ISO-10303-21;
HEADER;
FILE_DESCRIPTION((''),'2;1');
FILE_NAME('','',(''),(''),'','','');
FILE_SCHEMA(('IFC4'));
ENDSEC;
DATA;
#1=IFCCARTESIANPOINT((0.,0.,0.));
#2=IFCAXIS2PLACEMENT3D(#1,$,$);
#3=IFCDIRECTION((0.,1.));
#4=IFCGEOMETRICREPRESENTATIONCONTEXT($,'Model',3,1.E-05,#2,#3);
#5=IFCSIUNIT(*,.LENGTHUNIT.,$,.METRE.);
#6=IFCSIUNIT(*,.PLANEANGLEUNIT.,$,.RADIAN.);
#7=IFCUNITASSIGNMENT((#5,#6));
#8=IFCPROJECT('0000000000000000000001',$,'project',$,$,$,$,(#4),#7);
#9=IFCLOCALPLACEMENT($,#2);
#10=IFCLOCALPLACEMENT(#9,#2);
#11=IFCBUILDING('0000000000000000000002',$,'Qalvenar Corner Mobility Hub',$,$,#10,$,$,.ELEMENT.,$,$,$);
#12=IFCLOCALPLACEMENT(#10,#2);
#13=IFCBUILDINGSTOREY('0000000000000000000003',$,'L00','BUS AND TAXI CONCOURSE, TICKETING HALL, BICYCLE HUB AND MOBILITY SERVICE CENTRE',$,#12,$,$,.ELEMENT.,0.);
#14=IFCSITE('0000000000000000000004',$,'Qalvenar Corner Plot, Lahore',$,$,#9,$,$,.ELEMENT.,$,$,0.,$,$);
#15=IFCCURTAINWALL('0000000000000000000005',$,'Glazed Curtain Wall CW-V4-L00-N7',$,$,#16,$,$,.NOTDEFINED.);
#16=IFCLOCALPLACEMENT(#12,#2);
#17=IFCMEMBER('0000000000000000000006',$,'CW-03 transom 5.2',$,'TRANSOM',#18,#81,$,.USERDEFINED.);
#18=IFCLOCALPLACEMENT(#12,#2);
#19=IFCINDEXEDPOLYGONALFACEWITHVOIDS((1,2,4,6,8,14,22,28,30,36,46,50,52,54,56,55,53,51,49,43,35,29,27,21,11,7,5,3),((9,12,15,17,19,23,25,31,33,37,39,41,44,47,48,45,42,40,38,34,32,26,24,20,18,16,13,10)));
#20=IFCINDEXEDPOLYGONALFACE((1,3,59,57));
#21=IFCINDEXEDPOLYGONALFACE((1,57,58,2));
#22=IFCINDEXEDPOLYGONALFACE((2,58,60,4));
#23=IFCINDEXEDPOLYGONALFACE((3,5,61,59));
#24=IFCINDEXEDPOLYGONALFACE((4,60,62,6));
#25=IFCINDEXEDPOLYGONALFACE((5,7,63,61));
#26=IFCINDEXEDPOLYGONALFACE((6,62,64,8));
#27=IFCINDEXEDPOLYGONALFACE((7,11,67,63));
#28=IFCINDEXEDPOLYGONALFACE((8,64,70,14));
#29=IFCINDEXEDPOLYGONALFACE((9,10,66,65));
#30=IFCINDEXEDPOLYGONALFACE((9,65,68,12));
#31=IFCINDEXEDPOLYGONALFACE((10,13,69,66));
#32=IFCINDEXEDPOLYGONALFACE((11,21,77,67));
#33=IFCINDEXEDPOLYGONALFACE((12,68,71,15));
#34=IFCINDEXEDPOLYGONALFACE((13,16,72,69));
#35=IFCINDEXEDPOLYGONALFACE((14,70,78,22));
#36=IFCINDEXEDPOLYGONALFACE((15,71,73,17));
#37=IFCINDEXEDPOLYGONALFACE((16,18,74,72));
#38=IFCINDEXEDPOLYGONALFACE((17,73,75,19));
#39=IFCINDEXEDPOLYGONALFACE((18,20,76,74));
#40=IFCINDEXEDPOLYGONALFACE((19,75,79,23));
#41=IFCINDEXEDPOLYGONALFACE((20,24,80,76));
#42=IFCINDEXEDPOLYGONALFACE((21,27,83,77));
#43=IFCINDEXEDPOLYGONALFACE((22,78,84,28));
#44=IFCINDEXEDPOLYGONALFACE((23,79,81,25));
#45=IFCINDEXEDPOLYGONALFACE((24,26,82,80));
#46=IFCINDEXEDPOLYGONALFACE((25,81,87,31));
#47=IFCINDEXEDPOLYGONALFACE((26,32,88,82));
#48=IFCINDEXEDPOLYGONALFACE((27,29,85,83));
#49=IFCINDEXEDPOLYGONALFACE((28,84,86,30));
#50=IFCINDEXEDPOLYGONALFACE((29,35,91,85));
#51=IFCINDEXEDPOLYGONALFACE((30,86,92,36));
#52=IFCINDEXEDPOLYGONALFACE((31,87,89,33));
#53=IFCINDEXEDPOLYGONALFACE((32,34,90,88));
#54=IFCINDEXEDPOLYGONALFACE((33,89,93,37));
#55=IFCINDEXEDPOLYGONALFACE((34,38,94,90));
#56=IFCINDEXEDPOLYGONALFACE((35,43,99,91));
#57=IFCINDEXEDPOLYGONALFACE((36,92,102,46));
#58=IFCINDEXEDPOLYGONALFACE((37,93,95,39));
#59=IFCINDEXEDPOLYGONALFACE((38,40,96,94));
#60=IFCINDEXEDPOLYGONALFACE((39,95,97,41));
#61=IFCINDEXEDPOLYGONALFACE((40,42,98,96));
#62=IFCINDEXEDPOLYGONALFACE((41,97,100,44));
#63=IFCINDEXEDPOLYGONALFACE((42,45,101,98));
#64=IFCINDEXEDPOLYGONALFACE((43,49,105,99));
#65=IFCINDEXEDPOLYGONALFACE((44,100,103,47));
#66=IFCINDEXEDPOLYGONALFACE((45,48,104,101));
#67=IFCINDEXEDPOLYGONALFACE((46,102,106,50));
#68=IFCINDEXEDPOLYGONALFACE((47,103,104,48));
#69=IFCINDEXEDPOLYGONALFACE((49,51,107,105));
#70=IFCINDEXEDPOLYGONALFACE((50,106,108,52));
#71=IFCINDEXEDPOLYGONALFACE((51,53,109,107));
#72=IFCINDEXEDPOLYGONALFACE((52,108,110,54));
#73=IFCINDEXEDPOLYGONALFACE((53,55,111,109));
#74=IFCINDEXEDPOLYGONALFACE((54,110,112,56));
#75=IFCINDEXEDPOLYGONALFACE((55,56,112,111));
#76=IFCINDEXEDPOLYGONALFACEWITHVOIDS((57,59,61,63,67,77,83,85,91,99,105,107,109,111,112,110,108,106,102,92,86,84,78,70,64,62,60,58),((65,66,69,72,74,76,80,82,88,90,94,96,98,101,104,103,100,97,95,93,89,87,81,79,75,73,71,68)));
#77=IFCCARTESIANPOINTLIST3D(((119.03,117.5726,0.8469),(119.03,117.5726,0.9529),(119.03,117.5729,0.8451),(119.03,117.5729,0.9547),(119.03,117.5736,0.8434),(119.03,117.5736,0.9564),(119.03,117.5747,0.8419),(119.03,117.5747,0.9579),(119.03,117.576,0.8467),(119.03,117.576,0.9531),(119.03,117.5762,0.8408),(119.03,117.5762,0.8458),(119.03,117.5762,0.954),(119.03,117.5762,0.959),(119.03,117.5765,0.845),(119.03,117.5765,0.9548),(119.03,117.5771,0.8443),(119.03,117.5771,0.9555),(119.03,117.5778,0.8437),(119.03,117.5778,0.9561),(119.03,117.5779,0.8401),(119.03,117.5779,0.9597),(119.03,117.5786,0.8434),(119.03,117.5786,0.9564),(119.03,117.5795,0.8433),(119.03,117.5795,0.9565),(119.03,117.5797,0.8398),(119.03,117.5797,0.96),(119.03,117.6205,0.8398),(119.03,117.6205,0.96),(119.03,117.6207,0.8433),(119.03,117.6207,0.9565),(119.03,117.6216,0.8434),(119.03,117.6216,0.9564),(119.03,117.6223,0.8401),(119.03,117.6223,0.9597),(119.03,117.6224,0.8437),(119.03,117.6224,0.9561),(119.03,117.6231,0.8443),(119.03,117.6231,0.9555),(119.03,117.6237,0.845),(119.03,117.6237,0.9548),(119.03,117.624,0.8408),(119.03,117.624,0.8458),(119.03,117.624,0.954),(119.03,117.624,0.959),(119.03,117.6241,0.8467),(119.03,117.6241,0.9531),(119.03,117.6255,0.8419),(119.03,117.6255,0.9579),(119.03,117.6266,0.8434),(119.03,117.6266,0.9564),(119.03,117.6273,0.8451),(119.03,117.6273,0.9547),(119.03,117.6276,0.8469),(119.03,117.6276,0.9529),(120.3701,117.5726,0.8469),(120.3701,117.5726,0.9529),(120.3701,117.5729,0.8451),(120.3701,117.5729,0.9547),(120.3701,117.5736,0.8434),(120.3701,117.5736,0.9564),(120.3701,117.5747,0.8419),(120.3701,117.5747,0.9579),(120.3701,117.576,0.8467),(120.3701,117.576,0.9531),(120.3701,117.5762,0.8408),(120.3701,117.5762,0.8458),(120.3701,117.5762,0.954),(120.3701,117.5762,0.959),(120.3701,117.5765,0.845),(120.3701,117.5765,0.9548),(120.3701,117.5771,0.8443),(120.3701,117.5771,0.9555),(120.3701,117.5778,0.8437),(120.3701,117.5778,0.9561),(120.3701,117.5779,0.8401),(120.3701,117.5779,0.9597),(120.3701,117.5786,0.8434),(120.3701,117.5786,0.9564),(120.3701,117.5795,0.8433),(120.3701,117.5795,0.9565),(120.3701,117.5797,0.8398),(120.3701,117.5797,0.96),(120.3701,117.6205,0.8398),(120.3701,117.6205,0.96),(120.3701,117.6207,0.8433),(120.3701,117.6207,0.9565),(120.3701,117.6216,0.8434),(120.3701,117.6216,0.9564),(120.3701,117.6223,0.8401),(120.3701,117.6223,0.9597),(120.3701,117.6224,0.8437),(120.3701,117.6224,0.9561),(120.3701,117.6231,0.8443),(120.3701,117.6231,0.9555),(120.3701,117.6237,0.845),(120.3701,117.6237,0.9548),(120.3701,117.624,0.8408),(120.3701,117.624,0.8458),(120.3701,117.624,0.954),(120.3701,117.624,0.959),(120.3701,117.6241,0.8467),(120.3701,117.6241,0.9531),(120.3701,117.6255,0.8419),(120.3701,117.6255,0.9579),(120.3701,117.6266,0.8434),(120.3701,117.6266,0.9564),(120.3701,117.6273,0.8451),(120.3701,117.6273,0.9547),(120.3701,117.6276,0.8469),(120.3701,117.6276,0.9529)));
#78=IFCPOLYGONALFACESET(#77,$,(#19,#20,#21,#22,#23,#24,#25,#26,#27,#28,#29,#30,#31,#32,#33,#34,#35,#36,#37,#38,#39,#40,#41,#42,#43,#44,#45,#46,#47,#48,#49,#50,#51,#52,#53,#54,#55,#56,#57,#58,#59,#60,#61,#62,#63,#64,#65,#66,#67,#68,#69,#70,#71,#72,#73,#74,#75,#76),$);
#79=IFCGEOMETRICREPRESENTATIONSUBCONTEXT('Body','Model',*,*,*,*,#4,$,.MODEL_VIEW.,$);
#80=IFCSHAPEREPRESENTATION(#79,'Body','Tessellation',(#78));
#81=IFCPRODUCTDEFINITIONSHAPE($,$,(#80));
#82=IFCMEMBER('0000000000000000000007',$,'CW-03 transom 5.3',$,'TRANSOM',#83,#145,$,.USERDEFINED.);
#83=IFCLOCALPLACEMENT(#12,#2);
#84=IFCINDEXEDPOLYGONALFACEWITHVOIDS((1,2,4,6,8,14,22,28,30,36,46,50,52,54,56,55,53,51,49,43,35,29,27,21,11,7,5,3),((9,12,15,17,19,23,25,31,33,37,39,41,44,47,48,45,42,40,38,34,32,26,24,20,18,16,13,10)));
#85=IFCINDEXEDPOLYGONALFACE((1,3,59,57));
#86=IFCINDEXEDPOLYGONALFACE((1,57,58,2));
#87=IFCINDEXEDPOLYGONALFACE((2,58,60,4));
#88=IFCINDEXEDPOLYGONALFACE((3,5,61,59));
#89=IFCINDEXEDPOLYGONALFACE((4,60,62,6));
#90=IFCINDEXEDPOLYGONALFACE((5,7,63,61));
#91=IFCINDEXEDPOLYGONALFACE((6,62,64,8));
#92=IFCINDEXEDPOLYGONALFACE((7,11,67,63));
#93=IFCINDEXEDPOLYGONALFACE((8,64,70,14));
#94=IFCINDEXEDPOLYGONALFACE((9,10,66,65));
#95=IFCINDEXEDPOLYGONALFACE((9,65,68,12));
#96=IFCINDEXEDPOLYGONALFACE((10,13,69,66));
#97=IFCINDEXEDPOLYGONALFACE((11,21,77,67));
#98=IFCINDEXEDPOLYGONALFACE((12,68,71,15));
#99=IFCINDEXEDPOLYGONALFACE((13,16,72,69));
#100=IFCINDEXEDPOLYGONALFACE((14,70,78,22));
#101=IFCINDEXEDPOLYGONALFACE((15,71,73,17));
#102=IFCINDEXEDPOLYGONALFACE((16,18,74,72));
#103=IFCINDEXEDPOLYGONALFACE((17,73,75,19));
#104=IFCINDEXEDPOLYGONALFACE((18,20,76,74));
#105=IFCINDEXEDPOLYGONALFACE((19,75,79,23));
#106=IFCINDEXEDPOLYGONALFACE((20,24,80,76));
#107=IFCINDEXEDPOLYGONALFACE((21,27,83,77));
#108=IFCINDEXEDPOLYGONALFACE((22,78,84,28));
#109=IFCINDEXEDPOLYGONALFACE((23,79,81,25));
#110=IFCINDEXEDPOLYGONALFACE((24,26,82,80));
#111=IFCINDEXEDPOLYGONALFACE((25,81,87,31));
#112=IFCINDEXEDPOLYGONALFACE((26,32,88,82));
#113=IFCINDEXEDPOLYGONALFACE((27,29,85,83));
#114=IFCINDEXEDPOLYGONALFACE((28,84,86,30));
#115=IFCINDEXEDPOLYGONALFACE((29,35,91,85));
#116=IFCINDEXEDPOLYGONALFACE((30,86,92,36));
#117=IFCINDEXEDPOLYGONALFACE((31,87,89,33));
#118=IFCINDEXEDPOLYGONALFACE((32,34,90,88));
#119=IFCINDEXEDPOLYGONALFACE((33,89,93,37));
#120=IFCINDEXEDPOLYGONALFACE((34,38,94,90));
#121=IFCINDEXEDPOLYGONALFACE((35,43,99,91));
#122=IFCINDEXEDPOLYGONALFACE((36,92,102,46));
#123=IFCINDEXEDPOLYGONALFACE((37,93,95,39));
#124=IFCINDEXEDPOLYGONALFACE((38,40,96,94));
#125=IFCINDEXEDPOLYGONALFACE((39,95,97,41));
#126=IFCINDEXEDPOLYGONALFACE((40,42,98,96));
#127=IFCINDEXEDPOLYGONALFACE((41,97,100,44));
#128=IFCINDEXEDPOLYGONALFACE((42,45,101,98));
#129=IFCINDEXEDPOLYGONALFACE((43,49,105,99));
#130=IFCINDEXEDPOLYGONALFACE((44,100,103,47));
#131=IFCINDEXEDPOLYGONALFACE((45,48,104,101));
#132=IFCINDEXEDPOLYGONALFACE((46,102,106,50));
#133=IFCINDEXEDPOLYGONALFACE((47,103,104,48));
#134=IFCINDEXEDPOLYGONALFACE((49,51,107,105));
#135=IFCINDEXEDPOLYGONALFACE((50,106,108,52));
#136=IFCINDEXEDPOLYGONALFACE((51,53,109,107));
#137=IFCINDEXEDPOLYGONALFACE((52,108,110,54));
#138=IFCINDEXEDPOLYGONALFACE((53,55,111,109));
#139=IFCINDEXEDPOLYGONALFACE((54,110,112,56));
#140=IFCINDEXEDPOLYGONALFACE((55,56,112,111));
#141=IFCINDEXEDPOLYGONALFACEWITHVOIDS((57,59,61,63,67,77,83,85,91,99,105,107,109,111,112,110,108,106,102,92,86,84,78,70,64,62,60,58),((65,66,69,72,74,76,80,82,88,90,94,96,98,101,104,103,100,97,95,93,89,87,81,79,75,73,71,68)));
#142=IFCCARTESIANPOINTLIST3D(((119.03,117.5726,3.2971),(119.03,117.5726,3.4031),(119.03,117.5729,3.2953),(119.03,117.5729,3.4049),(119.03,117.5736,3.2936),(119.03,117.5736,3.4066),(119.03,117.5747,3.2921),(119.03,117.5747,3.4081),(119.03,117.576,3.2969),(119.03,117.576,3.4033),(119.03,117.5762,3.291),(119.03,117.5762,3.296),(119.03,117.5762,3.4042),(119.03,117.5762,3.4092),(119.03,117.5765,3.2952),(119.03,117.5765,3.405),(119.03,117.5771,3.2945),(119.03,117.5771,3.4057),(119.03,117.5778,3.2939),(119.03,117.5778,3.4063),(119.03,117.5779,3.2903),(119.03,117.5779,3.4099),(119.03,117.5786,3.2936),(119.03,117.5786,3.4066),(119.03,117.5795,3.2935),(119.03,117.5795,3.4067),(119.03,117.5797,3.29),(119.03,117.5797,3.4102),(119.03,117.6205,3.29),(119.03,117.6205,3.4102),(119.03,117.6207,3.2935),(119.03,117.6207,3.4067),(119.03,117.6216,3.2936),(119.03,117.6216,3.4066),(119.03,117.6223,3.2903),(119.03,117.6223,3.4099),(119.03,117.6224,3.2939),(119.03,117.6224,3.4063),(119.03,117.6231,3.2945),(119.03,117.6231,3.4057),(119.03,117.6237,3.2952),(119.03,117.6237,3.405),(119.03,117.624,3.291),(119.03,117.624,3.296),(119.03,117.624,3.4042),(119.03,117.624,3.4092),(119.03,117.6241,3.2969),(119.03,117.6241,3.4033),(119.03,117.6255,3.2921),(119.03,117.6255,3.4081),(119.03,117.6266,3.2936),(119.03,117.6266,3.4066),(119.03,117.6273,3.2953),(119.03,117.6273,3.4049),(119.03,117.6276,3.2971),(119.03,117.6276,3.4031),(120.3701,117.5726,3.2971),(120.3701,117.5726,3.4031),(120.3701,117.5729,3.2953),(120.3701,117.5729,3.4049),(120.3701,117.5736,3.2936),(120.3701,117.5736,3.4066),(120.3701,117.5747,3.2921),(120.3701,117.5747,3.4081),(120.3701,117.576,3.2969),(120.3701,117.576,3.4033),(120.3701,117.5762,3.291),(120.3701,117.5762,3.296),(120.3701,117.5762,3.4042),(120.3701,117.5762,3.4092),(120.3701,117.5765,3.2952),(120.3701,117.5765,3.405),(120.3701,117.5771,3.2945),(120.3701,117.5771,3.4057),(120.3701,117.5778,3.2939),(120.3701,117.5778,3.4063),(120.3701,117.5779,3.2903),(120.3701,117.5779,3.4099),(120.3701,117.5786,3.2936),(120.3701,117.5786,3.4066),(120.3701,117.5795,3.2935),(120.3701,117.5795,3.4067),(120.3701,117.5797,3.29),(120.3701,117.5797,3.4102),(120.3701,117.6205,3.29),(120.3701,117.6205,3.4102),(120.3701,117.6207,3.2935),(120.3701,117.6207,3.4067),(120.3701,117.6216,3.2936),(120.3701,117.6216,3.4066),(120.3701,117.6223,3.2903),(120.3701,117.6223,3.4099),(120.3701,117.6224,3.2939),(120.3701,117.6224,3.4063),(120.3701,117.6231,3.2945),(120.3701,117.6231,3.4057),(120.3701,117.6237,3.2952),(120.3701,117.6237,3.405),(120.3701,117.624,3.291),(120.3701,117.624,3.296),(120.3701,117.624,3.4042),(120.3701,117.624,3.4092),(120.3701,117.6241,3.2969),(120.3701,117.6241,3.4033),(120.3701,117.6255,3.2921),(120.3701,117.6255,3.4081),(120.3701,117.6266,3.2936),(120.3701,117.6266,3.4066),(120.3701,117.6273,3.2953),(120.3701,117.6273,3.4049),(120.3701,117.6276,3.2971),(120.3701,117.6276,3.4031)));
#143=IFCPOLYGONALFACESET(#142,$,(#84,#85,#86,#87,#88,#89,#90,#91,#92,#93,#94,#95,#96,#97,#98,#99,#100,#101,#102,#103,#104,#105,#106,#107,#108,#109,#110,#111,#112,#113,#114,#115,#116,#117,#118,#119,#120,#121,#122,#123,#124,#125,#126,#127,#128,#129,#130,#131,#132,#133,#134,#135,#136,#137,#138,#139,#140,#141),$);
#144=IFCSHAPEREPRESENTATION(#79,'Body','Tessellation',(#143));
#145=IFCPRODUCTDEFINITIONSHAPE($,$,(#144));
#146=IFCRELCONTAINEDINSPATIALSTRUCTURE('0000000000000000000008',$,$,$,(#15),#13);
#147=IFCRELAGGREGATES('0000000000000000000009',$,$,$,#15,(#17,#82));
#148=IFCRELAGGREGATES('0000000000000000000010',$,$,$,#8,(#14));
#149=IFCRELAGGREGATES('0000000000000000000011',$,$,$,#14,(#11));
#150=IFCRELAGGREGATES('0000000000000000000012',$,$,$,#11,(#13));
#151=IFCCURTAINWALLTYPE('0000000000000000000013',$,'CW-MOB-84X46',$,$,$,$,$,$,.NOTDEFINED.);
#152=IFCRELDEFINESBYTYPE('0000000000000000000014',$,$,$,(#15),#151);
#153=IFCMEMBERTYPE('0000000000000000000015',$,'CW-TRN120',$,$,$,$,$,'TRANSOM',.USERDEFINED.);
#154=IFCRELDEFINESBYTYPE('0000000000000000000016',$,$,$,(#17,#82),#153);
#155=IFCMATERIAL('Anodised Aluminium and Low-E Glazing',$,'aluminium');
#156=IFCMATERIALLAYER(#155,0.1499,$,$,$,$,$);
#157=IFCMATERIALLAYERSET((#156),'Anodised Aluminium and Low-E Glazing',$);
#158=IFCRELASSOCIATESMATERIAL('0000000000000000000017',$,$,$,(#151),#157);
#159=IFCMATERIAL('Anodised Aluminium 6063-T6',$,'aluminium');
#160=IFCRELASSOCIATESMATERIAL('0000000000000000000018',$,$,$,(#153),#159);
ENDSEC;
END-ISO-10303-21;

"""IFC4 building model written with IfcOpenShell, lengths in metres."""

from ifc_helpers import new_model, si_unit, direction, frame, origin, origin_2d, place, context, subcontext, project, spatial, hollow_rectangle, extrude, material, layer, layer_set, material_profile, profile_set, type_object, element, aggregate, save


model = new_model("IFC4")

# Units and contexts
model_context = context("Model", 3, precision=1e-05, world=origin(), true_north=direction((0.0, 1.0)))
body_context = subcontext(model_context, "Body", "Model", "MODEL_VIEW")
ifc_project = project(units=[si_unit("LENGTHUNIT", "METRE"), si_unit("PLANEANGLEUNIT", "RADIAN")], contexts=[model_context])

# Site, building, storey
site_placement = place(None, origin())
site = spatial("IfcSite", under=ifc_project, at=site_placement, Name="Qalvenar Corner Plot, Lahore", CompositionType="ELEMENT", RefElevation=0.0)
building_placement = place(site_placement, origin())
building = spatial("IfcBuilding", under=site, at=building_placement, Name="Qalvenar Corner Mobility Hub", CompositionType="ELEMENT")
storey_placement = place(building_placement, origin())
storey = spatial("IfcBuildingStorey", under=building, at=storey_placement, Name="L00", Description="BUS AND TAXI CONCOURSE, TICKETING HALL, BICYCLE HUB AND MOBILITY SERVICE CENTRE", CompositionType="ELEMENT", Elevation=0.0)

# Shared definitions
ifc_material_1 = material(Name="Anodised Aluminium and Low-E Glazing", Category="aluminium")
ifc_layer_1 = layer(ifc_material_1, 0.1499)
ifc_layer_set_1 = layer_set([ifc_layer_1], Name="Anodised Aluminium and Low-E Glazing")
curtain_wall_type = type_object("IfcCurtainWallType", Name="CW-MOB-84X46", PredefinedType="NOTDEFINED", material=ifc_layer_set_1)
ifc_material_2 = material(Name="Anodised Aluminium 6063-T6", Category="aluminium")

# Curtain wall, members
curtain_wall_1_placement = place(storey_placement, origin())
curtain_wall_1 = element("IfcCurtainWall", 1, at=curtain_wall_1_placement, inside=storey, type_object=curtain_wall_type, Name="Glazed Curtain Wall CW-V4-L00-N7", PredefinedType="NOTDEFINED")
ifc_material_profile_1 = material_profile(ifc_material_2, hollow_rectangle(XDim=0.0549, YDim=0.1201, WallThickness=0.0034, InnerFilletRadius=0.0034, OuterFilletRadius=0.0071, at=origin_2d()), Name="RHS120x55x3.5")
ifc_profile_set_1 = profile_set([ifc_material_profile_1], Name="Anodised Aluminium 6063-T6")
member_type_1 = type_object("IfcMemberType", Name="CW-TRN120", ElementType="TRANSOM", PredefinedType="USERDEFINED", material=ifc_profile_set_1)
member_1_placement = place(storey_placement, frame((120.3701, 117.6001, 0.8999), z_axis=(-1.0, 0.0, 0.0), x_axis=(0.0, -1.0, 0.0)))
member_1 = element("IfcMember", 2, at=member_1_placement, type_object=member_type_1, Name="CW-03 transom 5.2", ObjectType="TRANSOM", PredefinedType="USERDEFINED", context=body_context, shape_type="SweptSolid", body=[
    extrude(hollow_rectangle(XDim=0.0549, YDim=0.1201, WallThickness=0.0034, InnerFilletRadius=0.0034, OuterFilletRadius=0.0071, at=origin_2d()), origin(), (0.0, 0.0, 1.0), 1.3401),
])
member_2_placement = place(storey_placement, frame((120.3701, 117.6001, 3.3501), z_axis=(-1.0, 0.0, 0.0), x_axis=(0.0, -1.0, 0.0)))
member_2 = element("IfcMember", 3, at=member_2_placement, type_object=member_type_1, Name="CW-03 transom 5.3", ObjectType="TRANSOM", PredefinedType="USERDEFINED", context=body_context, shape_type="SweptSolid", body=[
    extrude(hollow_rectangle(XDim=0.0549, YDim=0.1201, WallThickness=0.0034, InnerFilletRadius=0.0034, OuterFilletRadius=0.0071, at=origin_2d()), origin(), (0.0, 0.0, 1.0), 1.3401),
])
aggregate(curtain_wall_1, [member_1, member_2])

save(model, "model.ifc")
